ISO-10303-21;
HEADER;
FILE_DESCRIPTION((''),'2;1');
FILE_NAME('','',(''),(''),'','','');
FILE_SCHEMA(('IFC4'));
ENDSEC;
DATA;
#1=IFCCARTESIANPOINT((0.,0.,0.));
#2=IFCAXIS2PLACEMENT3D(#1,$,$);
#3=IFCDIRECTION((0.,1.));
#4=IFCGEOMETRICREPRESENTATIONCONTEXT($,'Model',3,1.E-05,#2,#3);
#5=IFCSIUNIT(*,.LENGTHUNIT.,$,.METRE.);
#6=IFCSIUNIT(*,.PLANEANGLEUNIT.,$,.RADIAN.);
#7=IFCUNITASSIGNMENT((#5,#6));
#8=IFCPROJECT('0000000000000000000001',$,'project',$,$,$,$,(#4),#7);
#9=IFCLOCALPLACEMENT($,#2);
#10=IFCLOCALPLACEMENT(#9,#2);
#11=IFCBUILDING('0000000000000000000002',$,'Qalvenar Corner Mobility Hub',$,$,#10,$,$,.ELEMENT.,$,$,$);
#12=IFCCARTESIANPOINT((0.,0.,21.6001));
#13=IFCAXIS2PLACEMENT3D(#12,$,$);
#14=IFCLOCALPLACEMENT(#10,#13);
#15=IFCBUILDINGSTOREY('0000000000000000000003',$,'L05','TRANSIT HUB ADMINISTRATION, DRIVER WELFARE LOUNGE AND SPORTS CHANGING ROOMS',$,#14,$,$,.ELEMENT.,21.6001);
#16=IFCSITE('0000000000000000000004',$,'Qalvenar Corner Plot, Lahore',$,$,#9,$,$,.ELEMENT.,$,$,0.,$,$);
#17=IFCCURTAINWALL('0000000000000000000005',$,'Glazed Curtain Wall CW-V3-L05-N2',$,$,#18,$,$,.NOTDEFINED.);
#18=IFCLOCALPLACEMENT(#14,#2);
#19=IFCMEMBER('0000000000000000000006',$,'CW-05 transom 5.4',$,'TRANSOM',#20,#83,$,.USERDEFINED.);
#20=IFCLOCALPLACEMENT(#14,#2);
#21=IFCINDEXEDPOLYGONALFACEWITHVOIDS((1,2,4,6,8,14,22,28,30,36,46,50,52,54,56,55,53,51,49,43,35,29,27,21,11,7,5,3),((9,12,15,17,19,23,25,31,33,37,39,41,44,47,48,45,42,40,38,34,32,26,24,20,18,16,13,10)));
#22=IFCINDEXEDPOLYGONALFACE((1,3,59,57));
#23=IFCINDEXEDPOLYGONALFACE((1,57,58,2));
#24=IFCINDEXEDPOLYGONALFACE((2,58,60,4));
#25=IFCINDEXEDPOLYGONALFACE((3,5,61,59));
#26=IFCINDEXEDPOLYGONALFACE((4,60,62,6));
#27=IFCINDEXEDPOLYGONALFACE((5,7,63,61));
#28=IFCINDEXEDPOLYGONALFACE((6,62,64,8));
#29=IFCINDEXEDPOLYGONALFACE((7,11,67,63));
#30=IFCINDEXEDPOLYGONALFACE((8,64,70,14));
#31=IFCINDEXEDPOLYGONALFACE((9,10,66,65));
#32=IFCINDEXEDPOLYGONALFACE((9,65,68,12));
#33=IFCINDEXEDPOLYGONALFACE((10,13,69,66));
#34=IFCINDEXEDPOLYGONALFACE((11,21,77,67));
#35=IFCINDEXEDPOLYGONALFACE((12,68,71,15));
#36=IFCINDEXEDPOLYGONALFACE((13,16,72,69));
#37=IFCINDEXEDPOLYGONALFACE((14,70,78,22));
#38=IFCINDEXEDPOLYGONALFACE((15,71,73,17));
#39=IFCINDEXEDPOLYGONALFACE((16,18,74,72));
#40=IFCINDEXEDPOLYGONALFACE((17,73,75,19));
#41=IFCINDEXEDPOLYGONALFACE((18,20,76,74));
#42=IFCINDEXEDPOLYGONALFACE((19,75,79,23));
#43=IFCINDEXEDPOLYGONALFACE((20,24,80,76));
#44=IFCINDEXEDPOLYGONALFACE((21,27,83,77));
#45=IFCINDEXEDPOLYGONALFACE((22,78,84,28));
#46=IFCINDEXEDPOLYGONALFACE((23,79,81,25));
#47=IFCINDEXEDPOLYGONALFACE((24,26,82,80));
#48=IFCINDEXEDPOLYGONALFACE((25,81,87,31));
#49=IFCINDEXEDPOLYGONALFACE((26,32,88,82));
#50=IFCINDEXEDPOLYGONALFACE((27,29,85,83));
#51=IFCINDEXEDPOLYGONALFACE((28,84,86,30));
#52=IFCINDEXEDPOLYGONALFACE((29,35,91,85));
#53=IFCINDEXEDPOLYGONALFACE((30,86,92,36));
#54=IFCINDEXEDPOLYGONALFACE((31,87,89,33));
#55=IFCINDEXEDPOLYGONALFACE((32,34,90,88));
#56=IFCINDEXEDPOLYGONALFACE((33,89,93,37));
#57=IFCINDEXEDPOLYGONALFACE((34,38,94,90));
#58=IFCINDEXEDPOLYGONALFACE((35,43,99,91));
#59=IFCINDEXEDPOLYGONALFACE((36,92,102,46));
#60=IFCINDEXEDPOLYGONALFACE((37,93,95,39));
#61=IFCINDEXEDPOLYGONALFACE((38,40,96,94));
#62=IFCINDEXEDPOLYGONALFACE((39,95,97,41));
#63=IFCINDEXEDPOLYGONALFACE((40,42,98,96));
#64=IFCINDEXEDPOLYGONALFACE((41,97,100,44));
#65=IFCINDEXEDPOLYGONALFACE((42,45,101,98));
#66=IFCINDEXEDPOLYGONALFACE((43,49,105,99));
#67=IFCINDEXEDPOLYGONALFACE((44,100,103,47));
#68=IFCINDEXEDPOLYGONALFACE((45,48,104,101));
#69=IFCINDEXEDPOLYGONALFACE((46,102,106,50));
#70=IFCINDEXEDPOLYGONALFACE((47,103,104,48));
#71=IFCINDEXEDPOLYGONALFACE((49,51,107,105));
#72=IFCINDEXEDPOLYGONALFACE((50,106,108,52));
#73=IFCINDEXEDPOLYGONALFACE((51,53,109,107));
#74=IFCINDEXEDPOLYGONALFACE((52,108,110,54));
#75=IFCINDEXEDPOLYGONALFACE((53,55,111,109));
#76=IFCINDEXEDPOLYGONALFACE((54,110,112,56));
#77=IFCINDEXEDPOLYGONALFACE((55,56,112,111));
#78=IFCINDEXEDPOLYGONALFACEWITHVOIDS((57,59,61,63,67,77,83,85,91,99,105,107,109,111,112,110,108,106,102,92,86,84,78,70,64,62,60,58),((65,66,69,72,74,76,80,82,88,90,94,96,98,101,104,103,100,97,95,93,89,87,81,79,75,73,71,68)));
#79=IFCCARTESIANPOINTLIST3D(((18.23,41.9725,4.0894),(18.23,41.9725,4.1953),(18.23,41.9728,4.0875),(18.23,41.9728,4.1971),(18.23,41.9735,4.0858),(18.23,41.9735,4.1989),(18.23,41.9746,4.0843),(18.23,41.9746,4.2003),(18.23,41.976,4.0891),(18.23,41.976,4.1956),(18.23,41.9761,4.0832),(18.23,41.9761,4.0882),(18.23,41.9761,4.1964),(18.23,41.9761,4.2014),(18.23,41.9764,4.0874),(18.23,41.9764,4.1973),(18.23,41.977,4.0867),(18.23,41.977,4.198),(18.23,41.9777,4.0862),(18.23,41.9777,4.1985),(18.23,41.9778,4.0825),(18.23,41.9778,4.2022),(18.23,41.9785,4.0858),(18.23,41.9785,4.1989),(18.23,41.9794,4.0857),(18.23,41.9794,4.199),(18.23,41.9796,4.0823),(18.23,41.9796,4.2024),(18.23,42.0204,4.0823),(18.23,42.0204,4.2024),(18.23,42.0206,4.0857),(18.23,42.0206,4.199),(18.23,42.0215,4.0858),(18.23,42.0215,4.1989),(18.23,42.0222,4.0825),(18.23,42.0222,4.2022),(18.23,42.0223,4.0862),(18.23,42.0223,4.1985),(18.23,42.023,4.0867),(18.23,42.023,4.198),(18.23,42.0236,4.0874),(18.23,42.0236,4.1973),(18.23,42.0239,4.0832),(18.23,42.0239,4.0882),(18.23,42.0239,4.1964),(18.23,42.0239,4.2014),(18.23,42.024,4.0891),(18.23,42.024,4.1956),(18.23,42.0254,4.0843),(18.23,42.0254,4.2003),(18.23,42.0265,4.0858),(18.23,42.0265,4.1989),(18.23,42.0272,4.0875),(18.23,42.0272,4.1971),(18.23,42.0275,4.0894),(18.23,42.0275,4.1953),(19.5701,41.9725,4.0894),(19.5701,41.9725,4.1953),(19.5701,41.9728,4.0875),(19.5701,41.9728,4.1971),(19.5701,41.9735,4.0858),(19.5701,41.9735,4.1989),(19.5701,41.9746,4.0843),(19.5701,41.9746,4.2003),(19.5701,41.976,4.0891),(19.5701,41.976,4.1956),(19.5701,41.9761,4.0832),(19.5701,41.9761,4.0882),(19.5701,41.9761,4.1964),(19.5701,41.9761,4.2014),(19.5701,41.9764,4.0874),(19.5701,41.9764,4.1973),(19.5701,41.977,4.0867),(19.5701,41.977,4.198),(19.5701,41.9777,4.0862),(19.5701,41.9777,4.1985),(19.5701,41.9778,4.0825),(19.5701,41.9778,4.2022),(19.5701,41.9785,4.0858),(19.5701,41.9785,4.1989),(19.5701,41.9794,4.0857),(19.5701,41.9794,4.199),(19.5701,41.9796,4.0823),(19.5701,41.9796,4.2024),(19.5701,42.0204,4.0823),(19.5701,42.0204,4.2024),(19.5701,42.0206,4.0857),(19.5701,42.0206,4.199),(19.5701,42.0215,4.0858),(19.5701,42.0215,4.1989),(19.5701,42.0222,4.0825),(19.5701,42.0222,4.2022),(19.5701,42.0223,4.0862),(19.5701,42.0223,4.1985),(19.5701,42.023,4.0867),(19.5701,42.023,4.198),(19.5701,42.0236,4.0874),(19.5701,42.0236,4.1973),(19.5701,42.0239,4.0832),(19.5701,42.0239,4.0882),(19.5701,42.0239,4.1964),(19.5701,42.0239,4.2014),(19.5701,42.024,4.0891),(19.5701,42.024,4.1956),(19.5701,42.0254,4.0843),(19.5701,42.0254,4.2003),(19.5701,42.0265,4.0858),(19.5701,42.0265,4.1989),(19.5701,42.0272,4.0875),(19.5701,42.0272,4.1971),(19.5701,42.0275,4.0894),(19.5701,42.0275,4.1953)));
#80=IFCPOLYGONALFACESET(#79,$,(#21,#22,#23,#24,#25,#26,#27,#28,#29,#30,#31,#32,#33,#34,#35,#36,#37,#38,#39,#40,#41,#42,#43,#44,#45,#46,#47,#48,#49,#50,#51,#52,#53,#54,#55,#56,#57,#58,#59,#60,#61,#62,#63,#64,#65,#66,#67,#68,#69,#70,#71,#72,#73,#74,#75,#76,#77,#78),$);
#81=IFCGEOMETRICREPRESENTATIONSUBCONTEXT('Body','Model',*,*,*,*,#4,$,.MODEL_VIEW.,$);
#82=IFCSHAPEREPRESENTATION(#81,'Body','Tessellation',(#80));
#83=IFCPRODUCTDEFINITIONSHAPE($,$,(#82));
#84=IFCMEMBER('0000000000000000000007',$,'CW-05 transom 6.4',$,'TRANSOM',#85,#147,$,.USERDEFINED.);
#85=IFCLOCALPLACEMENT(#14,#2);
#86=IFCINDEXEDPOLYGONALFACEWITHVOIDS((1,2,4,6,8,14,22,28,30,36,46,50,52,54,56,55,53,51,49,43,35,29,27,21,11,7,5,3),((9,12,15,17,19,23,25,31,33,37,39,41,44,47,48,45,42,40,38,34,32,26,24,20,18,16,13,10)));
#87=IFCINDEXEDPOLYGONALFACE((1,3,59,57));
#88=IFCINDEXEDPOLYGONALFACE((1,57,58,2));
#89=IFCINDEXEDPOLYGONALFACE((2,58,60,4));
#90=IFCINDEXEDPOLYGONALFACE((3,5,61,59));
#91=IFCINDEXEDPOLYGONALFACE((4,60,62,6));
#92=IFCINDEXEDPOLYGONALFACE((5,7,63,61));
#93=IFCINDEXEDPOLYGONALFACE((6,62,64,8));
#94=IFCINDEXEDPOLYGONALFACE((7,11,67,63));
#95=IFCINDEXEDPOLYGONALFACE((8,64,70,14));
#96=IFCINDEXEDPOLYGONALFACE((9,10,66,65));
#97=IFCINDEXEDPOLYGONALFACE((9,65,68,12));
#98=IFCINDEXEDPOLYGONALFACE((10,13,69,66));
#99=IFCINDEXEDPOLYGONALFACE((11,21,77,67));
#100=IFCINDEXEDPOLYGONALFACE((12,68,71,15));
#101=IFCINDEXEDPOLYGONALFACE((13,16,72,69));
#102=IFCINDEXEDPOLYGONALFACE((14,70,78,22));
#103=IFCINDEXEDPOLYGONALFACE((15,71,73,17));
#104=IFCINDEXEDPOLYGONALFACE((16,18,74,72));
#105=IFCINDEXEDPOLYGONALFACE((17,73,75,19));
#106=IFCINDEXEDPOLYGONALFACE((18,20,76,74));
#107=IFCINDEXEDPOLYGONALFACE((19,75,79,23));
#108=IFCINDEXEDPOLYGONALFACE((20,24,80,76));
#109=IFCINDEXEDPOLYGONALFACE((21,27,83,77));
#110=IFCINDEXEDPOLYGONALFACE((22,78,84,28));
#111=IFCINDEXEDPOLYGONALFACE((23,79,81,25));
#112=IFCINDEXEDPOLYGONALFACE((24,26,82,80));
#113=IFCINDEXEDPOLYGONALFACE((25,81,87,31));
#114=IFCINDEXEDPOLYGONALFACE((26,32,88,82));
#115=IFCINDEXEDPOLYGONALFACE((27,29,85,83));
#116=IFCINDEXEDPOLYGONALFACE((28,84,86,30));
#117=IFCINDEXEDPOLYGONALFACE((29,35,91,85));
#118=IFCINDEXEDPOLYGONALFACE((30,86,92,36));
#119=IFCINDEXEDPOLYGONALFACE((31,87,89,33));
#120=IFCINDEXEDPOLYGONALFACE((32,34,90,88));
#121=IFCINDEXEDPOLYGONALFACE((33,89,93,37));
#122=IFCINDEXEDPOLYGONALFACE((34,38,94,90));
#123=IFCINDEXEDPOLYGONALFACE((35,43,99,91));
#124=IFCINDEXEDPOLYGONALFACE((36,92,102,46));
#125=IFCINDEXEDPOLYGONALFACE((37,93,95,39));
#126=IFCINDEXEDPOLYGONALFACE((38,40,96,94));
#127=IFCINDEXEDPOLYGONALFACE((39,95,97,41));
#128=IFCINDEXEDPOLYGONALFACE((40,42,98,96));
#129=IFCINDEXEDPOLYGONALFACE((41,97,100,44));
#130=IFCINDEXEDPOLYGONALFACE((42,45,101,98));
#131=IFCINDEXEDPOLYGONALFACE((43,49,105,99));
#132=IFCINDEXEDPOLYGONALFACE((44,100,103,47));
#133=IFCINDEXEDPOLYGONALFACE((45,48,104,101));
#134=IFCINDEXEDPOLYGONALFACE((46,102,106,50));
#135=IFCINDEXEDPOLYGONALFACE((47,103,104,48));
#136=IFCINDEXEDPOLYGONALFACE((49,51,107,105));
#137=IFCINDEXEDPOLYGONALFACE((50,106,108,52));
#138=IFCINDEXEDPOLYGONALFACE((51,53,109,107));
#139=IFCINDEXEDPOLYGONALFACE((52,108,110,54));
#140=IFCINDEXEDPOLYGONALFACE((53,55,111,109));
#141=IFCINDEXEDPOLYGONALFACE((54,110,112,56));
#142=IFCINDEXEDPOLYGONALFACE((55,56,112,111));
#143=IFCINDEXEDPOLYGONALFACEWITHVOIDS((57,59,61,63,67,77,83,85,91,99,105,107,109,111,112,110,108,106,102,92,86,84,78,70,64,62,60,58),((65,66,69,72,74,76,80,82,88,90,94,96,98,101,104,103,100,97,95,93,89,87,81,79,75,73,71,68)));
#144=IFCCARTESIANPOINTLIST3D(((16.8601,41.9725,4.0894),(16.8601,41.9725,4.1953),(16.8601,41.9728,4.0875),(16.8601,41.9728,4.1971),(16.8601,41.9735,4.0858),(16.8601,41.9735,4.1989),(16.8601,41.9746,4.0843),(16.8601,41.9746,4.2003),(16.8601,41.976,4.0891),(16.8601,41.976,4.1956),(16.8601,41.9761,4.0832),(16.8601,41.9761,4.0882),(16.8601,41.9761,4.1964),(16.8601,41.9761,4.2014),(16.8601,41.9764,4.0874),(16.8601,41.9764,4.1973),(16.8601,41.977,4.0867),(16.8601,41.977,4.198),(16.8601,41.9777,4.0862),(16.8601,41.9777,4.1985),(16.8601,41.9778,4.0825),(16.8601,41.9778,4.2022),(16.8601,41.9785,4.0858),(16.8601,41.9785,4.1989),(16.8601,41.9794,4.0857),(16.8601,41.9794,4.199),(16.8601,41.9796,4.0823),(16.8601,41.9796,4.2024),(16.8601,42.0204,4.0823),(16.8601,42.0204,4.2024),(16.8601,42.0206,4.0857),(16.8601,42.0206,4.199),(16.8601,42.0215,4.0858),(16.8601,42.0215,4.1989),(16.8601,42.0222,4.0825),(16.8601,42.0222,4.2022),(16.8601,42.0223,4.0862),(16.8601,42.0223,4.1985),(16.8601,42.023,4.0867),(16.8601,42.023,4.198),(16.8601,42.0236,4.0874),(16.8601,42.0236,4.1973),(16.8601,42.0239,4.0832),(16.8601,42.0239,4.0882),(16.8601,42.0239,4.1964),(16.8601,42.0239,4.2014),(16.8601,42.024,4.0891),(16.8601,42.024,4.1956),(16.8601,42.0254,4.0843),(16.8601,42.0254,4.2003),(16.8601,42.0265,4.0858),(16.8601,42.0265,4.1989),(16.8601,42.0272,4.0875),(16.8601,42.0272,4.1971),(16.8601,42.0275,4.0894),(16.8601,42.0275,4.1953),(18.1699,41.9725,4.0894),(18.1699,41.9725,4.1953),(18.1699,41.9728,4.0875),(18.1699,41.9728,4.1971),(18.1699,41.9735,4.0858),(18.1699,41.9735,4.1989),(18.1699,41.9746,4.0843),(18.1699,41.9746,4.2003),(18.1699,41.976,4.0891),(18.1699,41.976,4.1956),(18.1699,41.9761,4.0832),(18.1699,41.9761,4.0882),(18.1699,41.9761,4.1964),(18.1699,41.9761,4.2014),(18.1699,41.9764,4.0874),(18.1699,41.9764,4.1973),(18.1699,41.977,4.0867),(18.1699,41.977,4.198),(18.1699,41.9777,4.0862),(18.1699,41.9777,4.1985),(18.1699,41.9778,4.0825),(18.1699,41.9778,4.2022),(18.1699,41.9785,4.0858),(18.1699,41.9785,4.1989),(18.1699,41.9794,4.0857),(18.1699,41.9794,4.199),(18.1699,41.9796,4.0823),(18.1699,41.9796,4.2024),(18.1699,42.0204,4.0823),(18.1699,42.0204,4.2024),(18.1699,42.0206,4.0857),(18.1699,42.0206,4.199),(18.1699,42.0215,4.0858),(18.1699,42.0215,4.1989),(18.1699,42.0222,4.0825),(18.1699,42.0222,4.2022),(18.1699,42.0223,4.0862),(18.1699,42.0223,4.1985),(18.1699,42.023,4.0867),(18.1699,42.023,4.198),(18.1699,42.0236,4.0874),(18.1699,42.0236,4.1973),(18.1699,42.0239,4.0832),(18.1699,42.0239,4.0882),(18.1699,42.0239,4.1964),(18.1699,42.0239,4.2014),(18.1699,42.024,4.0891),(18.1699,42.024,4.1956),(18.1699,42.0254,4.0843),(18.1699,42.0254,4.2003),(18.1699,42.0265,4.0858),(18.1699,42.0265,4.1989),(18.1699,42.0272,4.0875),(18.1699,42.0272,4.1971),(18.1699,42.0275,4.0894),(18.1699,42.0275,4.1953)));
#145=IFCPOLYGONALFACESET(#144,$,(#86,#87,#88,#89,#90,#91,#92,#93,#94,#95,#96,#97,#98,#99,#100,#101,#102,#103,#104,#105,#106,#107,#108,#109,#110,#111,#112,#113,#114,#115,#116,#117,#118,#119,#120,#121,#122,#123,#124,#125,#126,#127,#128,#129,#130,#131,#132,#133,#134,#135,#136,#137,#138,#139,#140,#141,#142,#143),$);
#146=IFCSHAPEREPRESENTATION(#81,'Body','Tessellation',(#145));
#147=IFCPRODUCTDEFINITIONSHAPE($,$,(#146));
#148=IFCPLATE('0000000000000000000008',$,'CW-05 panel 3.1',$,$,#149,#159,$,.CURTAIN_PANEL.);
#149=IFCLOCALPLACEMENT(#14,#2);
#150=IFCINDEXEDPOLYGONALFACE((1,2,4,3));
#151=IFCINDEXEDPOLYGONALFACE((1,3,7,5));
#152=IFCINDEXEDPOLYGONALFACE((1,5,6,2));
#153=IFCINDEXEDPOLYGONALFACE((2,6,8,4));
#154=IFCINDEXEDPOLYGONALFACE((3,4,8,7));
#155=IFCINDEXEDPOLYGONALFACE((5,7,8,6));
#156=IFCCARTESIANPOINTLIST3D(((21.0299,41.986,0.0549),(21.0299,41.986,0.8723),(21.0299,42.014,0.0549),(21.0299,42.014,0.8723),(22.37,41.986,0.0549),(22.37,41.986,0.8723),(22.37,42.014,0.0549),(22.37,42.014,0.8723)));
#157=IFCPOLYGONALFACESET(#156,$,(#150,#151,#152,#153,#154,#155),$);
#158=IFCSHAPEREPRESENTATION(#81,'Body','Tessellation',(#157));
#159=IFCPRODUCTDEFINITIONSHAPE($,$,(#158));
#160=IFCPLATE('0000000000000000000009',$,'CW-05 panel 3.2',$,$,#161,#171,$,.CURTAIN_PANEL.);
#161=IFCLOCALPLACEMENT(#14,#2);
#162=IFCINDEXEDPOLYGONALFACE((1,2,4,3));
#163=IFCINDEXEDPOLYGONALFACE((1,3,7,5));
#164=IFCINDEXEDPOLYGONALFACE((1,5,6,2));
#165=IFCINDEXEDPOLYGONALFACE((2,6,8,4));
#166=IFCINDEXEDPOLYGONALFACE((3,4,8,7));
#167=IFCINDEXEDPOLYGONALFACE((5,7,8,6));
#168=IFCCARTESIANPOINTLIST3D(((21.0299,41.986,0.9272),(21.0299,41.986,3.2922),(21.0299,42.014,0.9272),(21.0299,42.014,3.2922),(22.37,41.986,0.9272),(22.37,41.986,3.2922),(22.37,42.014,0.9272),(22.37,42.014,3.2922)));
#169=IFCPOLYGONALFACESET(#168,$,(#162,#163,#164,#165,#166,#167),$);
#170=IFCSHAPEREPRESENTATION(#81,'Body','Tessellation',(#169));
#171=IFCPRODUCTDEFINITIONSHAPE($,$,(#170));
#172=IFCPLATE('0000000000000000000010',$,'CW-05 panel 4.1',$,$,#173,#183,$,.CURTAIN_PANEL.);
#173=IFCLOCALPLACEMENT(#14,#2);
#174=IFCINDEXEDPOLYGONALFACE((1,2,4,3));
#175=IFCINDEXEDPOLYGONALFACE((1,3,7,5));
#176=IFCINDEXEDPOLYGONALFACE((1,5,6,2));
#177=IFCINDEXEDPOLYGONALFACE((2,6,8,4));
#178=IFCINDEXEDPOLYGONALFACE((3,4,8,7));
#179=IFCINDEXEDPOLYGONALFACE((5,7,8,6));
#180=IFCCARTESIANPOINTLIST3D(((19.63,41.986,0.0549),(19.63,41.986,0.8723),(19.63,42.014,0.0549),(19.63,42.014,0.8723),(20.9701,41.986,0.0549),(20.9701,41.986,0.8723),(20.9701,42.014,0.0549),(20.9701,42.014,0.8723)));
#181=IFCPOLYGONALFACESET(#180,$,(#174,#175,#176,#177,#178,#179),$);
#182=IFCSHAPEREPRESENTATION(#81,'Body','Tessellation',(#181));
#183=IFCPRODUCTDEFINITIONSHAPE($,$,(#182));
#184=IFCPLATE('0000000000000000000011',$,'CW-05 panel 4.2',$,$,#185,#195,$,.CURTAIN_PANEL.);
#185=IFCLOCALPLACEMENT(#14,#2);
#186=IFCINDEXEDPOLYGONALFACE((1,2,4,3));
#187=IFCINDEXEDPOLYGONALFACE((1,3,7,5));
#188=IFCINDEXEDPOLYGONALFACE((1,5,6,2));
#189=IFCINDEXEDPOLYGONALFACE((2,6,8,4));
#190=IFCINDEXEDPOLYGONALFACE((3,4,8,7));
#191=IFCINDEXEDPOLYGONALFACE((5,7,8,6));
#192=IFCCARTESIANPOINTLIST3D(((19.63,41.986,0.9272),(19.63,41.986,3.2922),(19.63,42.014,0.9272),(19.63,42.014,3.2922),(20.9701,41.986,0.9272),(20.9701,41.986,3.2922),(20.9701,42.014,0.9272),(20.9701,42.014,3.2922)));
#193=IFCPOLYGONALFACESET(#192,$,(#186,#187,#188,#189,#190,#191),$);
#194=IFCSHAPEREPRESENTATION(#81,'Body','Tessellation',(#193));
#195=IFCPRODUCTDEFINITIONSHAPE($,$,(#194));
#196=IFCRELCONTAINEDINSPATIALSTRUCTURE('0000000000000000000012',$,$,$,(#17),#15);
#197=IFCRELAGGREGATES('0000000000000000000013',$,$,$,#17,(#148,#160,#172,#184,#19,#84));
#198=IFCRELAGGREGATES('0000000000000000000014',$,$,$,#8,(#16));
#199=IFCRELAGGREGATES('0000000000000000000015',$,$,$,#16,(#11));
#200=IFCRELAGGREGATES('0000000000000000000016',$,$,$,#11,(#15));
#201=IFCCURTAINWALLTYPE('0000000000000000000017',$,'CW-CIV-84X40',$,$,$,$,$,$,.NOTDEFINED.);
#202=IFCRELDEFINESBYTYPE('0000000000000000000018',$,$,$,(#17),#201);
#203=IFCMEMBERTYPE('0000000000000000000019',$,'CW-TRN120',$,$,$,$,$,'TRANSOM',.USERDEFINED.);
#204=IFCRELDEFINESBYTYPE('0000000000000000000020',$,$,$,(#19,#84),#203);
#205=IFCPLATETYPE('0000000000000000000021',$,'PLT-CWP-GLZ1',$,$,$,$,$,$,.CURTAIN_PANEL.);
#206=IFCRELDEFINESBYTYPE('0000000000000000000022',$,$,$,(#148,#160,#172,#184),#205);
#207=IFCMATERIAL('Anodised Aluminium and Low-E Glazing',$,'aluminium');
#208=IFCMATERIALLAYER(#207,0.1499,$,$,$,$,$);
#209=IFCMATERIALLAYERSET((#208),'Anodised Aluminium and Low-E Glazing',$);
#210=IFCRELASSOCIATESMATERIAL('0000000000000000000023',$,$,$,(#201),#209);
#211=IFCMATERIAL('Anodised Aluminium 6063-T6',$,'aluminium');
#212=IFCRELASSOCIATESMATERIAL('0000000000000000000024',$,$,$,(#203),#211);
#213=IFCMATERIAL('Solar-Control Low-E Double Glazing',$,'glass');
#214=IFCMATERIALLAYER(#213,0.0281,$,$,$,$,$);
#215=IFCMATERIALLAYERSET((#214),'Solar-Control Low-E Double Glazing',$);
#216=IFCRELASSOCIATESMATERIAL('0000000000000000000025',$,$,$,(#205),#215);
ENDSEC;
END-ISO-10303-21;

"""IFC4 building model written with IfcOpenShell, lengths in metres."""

from ifc_helpers import new_model, si_unit, direction, frame, origin, origin_2d, place, context, subcontext, project, spatial, rectangle, hollow_rectangle, extrude, material, layer, layer_set, material_profile, profile_set, type_object, element, aggregate, save


model = new_model("IFC4")

# Units and contexts
model_context = context("Model", 3, precision=1e-05, world=origin(), true_north=direction((0.0, 1.0)))
body_context = subcontext(model_context, "Body", "Model", "MODEL_VIEW")
ifc_project = project(units=[si_unit("LENGTHUNIT", "METRE"), si_unit("PLANEANGLEUNIT", "RADIAN")], contexts=[model_context])

# Site, building, storey
site_placement = place(None, origin())
site = spatial("IfcSite", under=ifc_project, at=site_placement, Name="Qalvenar Corner Plot, Lahore", CompositionType="ELEMENT", RefElevation=0.0)
building_placement = place(site_placement, origin())
building = spatial("IfcBuilding", under=site, at=building_placement, Name="Qalvenar Corner Mobility Hub", CompositionType="ELEMENT")
storey_placement = place(building_placement, frame((0.0, 0.0, 21.6001)))
storey = spatial("IfcBuildingStorey", under=building, at=storey_placement, Name="L05", Description="TRANSIT HUB ADMINISTRATION, DRIVER WELFARE LOUNGE AND SPORTS CHANGING ROOMS", CompositionType="ELEMENT", Elevation=21.6001)

# Curtain wall, members, plates
ifc_material_1 = material(Name="Anodised Aluminium and Low-E Glazing", Category="aluminium")
ifc_layer_1 = layer(ifc_material_1, 0.1499)
ifc_layer_set_1 = layer_set([ifc_layer_1], Name="Anodised Aluminium and Low-E Glazing")
curtain_wall_type = type_object("IfcCurtainWallType", Name="CW-CIV-84X40", PredefinedType="NOTDEFINED", material=ifc_layer_set_1)
curtain_wall_placement = place(storey_placement, origin())
curtain_wall = element("IfcCurtainWall", 1, at=curtain_wall_placement, inside=storey, type_object=curtain_wall_type, Name="Glazed Curtain Wall CW-V3-L05-N2", PredefinedType="NOTDEFINED")
ifc_material_2 = material(Name="Anodised Aluminium 6063-T6", Category="aluminium")
ifc_material_profile_1 = material_profile(ifc_material_2, hollow_rectangle(XDim=0.0549, YDim=0.1201, WallThickness=0.0034, InnerFilletRadius=0.0034, OuterFilletRadius=0.0071, at=origin_2d()), Name="RHS120x55x3.5")
ifc_profile_set_1 = profile_set([ifc_material_profile_1], Name="Anodised Aluminium 6063-T6")
member_type_1 = type_object("IfcMemberType", Name="CW-TRN120", ElementType="TRANSOM", PredefinedType="USERDEFINED", material=ifc_profile_set_1)
member_1_placement = place(storey_placement, frame((19.5701, 42.0, 4.1423), z_axis=(-1.0, 0.0, 0.0), x_axis=(0.0, -1.0, 0.0)))
member_1 = element("IfcMember", 2, at=member_1_placement, type_object=member_type_1, Name="CW-05 transom 5.4", ObjectType="TRANSOM", PredefinedType="USERDEFINED", context=body_context, shape_type="SweptSolid", body=[
    extrude(hollow_rectangle(XDim=0.0549, YDim=0.1201, WallThickness=0.0034, InnerFilletRadius=0.0034, OuterFilletRadius=0.0071, at=origin_2d()), origin(), (0.0, 0.0, 1.0), 1.3401),
])
member_2_placement = place(storey_placement, frame((18.1699, 42.0, 4.1423), z_axis=(-1.0, 0.0, 0.0), x_axis=(0.0, -1.0, 0.0)))
member_2 = element("IfcMember", 3, at=member_2_placement, type_object=member_type_1, Name="CW-05 transom 6.4", ObjectType="TRANSOM", PredefinedType="USERDEFINED", context=body_context, shape_type="SweptSolid", body=[
    extrude(hollow_rectangle(XDim=0.0549, YDim=0.1201, WallThickness=0.0034, InnerFilletRadius=0.0034, OuterFilletRadius=0.0071, at=origin_2d()), origin(), (0.0, 0.0, 1.0), 1.3098),
])
ifc_material_3 = material(Name="Solar-Control Low-E Double Glazing", Category="glass")
ifc_layer_2 = layer(ifc_material_3, 0.0281)
ifc_layer_set_2 = layer_set([ifc_layer_2], Name="Solar-Control Low-E Double Glazing")
plate_type = type_object("IfcPlateType", Name="PLT-CWP-GLZ1", PredefinedType="CURTAIN_PANEL", material=ifc_layer_set_2)
plate_1_placement = place(storey_placement, frame((21.7, 42.0, 0.0549), z_axis=(0.0, 0.0, 1.0), x_axis=(-1.0, 0.0, 0.0)))
plate_1 = element("IfcPlate", 4, at=plate_1_placement, type_object=plate_type, Name="CW-05 panel 3.1", PredefinedType="CURTAIN_PANEL", context=body_context, shape_type="SweptSolid", body=[
    extrude(rectangle(XDim=1.3401, YDim=0.0281, at=origin_2d()), origin(), (0.0, 0.0, 1.0), 0.8174),
])
plate_2_placement = place(storey_placement, frame((21.7, 42.0, 0.9272), z_axis=(0.0, 0.0, 1.0), x_axis=(-1.0, 0.0, 0.0)))
plate_2 = element("IfcPlate", 5, at=plate_2_placement, type_object=plate_type, Name="CW-05 panel 3.2", PredefinedType="CURTAIN_PANEL", context=body_context, shape_type="SweptSolid", body=[
    extrude(rectangle(XDim=1.3401, YDim=0.0281, at=origin_2d()), origin(), (0.0, 0.0, 1.0), 2.365),
])
plate_3_placement = place(storey_placement, frame((20.3, 42.0, 0.0549), z_axis=(0.0, 0.0, 1.0), x_axis=(-1.0, 0.0, 0.0)))
plate_3 = element("IfcPlate", 6, at=plate_3_placement, type_object=plate_type, Name="CW-05 panel 4.1", PredefinedType="CURTAIN_PANEL", context=body_context, shape_type="SweptSolid", body=[
    extrude(rectangle(XDim=1.3401, YDim=0.0281, at=origin_2d()), origin(), (0.0, 0.0, 1.0), 0.8174),
])
plate_4_placement = place(storey_placement, frame((20.3, 42.0, 0.9272), z_axis=(0.0, 0.0, 1.0), x_axis=(-1.0, 0.0, 0.0)))
plate_4 = element("IfcPlate", 7, at=plate_4_placement, type_object=plate_type, Name="CW-05 panel 4.2", PredefinedType="CURTAIN_PANEL", context=body_context, shape_type="SweptSolid", body=[
    extrude(rectangle(XDim=1.3401, YDim=0.0281, at=origin_2d()), origin(), (0.0, 0.0, 1.0), 2.365),
])
aggregate(curtain_wall, [plate_1, plate_2, plate_3, plate_4, member_1, member_2])

save(model, "model.ifc")
